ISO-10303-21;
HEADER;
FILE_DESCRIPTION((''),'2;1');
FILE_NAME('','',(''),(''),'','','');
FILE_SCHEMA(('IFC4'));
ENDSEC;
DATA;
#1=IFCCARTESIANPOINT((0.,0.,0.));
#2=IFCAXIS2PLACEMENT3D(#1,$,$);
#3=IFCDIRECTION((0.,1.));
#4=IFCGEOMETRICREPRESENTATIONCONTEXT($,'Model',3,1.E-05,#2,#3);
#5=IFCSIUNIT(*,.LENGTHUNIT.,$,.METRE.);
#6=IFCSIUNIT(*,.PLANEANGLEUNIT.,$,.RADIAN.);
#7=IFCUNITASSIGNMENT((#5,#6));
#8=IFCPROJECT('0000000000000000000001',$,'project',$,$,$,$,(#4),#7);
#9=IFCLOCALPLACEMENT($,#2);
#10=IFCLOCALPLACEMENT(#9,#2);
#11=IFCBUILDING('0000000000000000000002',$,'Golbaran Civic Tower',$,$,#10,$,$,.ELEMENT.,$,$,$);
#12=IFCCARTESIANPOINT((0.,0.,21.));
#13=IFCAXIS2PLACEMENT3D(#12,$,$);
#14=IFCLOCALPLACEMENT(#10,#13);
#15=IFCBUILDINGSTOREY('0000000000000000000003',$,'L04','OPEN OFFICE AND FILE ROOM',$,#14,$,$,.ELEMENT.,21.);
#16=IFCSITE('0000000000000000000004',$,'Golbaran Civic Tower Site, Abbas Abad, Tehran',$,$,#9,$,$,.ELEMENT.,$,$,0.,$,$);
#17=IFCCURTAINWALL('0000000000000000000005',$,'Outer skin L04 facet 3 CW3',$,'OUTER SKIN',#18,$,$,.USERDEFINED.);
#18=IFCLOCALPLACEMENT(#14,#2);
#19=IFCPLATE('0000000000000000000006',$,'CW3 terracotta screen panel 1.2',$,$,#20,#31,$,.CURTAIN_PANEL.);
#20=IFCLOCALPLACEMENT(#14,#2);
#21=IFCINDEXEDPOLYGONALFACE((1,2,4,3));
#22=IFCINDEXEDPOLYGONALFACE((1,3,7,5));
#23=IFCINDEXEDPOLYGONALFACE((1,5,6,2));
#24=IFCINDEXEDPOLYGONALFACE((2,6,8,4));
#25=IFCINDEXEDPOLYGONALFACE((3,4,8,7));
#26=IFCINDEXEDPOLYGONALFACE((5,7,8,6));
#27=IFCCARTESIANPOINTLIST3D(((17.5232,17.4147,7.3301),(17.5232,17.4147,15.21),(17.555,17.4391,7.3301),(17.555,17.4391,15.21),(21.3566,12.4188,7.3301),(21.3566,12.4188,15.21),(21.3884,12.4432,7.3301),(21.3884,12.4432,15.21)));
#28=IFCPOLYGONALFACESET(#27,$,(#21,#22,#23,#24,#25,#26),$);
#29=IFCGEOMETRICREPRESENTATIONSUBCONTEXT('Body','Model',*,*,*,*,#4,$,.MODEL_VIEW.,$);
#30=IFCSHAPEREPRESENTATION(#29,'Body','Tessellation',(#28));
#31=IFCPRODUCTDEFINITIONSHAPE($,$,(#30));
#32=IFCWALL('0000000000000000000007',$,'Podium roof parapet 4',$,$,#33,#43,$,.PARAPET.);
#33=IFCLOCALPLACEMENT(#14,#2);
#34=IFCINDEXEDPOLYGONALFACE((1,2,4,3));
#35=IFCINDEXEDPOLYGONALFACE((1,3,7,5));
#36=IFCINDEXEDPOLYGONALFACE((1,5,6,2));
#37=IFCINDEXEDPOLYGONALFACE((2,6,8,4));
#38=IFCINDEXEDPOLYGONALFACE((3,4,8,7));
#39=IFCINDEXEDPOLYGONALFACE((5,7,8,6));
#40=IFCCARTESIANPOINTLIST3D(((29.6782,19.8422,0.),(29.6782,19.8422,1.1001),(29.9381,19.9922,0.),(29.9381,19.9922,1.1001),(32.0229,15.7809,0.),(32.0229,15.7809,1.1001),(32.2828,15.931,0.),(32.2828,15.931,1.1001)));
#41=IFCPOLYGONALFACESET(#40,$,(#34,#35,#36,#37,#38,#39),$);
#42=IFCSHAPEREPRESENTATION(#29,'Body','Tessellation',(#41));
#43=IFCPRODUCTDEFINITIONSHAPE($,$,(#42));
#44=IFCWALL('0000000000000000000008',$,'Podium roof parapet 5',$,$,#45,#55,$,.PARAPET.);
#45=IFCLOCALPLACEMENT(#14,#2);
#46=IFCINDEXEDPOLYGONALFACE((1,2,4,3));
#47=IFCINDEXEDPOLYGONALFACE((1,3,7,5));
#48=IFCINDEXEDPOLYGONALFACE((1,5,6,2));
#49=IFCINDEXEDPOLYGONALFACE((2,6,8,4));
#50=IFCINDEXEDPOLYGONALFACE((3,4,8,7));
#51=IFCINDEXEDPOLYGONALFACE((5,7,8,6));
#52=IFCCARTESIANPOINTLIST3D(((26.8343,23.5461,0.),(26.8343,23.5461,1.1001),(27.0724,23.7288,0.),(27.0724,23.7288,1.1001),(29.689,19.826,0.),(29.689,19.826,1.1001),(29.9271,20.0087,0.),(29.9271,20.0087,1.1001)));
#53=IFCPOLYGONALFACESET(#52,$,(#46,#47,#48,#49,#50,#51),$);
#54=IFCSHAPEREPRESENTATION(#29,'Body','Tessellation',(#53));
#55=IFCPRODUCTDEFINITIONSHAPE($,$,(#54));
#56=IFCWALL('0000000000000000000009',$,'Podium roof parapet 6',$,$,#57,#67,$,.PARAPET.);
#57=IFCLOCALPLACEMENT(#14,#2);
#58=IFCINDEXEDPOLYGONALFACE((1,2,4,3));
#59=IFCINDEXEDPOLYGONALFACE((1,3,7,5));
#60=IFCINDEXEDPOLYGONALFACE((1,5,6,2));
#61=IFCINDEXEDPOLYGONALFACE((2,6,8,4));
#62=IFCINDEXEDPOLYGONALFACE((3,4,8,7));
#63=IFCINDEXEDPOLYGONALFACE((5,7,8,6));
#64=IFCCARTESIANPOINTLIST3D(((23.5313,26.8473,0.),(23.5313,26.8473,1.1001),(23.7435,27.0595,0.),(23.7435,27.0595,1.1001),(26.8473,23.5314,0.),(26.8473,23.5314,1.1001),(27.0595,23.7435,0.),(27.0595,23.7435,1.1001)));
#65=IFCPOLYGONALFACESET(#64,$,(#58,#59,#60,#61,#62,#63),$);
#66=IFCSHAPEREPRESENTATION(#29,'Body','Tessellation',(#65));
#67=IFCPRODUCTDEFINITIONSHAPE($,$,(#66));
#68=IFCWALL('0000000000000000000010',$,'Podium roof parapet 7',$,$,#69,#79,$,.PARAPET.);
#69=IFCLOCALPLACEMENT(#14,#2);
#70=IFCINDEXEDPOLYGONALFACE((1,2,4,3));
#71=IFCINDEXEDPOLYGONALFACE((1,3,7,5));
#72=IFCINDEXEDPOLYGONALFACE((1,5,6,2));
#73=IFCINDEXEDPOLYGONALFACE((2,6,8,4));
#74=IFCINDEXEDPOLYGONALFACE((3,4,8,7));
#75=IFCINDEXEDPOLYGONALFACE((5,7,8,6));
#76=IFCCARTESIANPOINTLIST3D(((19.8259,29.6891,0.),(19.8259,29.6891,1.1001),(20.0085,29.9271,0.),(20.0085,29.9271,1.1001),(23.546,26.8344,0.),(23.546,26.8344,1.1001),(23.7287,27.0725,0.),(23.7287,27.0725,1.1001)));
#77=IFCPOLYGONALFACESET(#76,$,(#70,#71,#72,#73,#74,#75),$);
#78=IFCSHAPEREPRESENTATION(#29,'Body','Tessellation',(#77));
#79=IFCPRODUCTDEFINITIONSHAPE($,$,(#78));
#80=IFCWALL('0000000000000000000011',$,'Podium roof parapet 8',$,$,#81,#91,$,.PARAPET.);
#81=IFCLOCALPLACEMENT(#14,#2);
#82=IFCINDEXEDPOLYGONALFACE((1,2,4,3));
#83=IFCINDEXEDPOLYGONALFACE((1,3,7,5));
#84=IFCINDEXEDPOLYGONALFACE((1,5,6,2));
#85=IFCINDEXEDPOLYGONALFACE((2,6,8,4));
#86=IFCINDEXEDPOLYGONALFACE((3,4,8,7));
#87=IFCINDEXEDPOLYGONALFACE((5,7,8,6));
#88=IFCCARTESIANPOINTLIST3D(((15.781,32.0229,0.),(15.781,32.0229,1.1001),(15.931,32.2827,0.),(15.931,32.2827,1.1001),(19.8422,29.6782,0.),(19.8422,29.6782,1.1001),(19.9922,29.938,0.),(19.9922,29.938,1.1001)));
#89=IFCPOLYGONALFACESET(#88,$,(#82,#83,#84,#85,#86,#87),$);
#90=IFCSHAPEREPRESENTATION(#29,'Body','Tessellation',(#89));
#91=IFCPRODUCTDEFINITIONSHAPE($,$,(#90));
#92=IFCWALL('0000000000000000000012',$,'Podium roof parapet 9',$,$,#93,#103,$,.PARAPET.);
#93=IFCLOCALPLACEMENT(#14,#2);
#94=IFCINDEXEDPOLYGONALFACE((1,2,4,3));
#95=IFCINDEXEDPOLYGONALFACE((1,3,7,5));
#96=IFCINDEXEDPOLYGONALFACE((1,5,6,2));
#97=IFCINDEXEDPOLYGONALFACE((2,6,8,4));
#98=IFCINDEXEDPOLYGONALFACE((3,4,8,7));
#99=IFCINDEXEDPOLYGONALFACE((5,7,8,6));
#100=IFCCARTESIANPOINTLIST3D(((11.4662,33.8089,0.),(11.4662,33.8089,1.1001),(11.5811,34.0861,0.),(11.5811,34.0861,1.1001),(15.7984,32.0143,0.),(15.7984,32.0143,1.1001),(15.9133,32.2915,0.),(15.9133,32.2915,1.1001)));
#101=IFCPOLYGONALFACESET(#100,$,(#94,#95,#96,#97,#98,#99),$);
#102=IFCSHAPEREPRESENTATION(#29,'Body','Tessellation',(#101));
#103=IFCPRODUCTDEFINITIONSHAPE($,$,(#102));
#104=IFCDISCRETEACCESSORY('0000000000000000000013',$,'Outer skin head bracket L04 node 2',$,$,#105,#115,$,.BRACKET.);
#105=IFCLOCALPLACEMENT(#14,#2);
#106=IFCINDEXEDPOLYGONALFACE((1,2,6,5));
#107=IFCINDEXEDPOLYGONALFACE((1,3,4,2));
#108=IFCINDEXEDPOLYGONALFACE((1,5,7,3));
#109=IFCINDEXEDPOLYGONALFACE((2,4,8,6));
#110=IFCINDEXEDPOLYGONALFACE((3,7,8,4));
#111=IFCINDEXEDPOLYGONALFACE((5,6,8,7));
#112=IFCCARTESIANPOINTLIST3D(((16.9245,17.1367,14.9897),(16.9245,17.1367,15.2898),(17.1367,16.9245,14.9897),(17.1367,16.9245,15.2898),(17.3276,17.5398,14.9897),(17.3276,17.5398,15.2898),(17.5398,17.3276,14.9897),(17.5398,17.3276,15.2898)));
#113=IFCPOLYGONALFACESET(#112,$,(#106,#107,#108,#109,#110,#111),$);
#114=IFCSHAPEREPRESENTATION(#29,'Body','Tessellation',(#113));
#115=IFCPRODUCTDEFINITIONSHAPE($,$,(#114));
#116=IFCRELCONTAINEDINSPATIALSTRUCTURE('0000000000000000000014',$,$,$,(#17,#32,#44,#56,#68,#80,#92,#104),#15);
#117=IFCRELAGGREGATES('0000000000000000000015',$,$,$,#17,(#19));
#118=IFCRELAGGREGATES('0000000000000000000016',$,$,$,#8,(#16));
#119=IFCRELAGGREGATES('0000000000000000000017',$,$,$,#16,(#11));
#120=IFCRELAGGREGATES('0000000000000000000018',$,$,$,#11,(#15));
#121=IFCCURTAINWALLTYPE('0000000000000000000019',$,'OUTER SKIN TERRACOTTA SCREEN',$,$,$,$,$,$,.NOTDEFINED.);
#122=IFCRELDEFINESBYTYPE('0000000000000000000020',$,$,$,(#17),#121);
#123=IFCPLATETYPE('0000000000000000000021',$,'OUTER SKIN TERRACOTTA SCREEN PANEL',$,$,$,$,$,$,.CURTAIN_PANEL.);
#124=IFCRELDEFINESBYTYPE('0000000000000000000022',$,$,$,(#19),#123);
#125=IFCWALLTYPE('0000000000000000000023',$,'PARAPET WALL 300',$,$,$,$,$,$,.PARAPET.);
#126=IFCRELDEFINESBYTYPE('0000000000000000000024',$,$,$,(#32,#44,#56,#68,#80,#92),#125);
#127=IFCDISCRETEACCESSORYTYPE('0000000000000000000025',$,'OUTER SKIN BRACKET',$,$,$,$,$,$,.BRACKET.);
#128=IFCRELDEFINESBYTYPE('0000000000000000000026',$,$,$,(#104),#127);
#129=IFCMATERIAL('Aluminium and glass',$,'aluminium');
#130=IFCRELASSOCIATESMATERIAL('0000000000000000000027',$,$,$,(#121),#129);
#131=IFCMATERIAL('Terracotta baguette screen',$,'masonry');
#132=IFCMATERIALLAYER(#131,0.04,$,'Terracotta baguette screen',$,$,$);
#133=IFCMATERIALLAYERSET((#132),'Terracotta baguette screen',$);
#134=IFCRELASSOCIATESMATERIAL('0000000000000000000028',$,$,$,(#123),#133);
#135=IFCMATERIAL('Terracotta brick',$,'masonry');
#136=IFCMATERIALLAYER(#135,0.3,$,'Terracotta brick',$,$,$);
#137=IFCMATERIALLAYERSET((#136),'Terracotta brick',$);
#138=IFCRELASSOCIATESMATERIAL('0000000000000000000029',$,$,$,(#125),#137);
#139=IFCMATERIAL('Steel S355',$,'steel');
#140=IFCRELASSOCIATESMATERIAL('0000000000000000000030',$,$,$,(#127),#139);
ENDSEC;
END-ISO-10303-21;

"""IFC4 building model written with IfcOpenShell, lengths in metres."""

from ifc_helpers import new_model, si_unit, direction, frame, frame_2d, origin, origin_2d, place, context, subcontext, project, spatial, rectangle, extrude, material, layer, layer_set, type_object, element, aggregate, save


model = new_model("IFC4")

# Units and contexts
model_context = context("Model", 3, precision=1e-05, world=origin(), true_north=direction((0.0, 1.0)))
body_context = subcontext(model_context, "Body", "Model", "MODEL_VIEW")
ifc_project = project(units=[si_unit("LENGTHUNIT", "METRE"), si_unit("PLANEANGLEUNIT", "RADIAN")], contexts=[model_context])

# Site, building, storey
site_placement = place(None, origin())
site = spatial("IfcSite", under=ifc_project, at=site_placement, Name="Golbaran Civic Tower Site, Abbas Abad, Tehran", CompositionType="ELEMENT", RefElevation=0.0)
building_placement = place(site_placement, origin())
building = spatial("IfcBuilding", under=site, at=building_placement, Name="Golbaran Civic Tower", CompositionType="ELEMENT")
storey_placement = place(building_placement, frame((0.0, 0.0, 21.0)))
storey = spatial("IfcBuildingStorey", under=building, at=storey_placement, Name="L04", Description="OPEN OFFICE AND FILE ROOM", CompositionType="ELEMENT", Elevation=21.0)

# Curtain wall
ifc_material_1 = material(Name="Aluminium and glass", Category="aluminium")
curtain_wall_type_1 = type_object("IfcCurtainWallType", Name="OUTER SKIN TERRACOTTA SCREEN", PredefinedType="NOTDEFINED", material=ifc_material_1)
curtain_wall_1_placement = place(storey_placement, origin())
curtain_wall_1 = element("IfcCurtainWall", 1, at=curtain_wall_1_placement, inside=storey, type_object=curtain_wall_type_1, Name="Outer skin L04 facet 3 CW3", ObjectType="OUTER SKIN", PredefinedType="USERDEFINED")

# Plate
ifc_material_2 = material(Name="Terracotta baguette screen", Category="masonry")
ifc_layer_1 = layer(ifc_material_2, 0.04, Name="Terracotta baguette screen")
ifc_layer_set_1 = layer_set([ifc_layer_1], Name="Terracotta baguette screen")
plate_type_1 = type_object("IfcPlateType", Name="OUTER SKIN TERRACOTTA SCREEN PANEL", PredefinedType="CURTAIN_PANEL", material=ifc_layer_set_1)
plate_1_placement = place(storey_placement, frame((19.4558, 14.929, 7.3301), z_axis=(0.0, 0.0, 1.0), x_axis=(-0.608761, 0.793353, 0.0)))
plate_1 = element("IfcPlate", 2, at=plate_1_placement, type_object=plate_type_1, Name="CW3 terracotta screen panel 1.2", PredefinedType="CURTAIN_PANEL", context=body_context, shape_type="SweptSolid", body=[
    extrude(rectangle(XDim=6.2971, YDim=0.04, at=origin_2d()), origin(), (0.0, 0.0, 1.0), 7.8799),
])
aggregate(curtain_wall_1, [plate_1])

# Walls
ifc_material_3 = material(Name="Terracotta brick", Category="masonry")
ifc_layer_2 = layer(ifc_material_3, 0.3, Name="Terracotta brick")
ifc_layer_set_2 = layer_set([ifc_layer_2], Name="Terracotta brick")
wall_type = type_object("IfcWallType", Name="PARAPET WALL 300", PredefinedType="PARAPET", material=ifc_layer_set_2)
wall_1_placement = place(storey_placement, frame((32.1528, 15.856, 0.0), z_axis=(0.0, 0.0, 1.0), x_axis=(-0.499991, 0.86603, 0.0)))
element("IfcWall", 3, at=wall_1_placement, inside=storey, type_object=wall_type, Name="Podium roof parapet 4", PredefinedType="PARAPET", context=body_context, shape_type="SweptSolid", body=[
    extrude(rectangle(XDim=4.6895, YDim=0.3, at=frame_2d((2.3447, 0.0))), origin(), (0.0, 0.0, 1.0), 1.1001),
])
wall_2_placement = place(storey_placement, frame((29.8081, 19.9172, 0.0), z_axis=(0.0, 0.0, 1.0), x_axis=(-0.608777, 0.793341, 0.0)))
element("IfcWall", 4, at=wall_2_placement, inside=storey, type_object=wall_type, Name="Podium roof parapet 5", PredefinedType="PARAPET", context=body_context, shape_type="SweptSolid", body=[
    extrude(rectangle(XDim=4.6892, YDim=0.3, at=frame_2d((2.3447, 0.0))), origin(), (0.0, 0.0, 1.0), 1.1001),
])
wall_3_placement = place(storey_placement, frame((26.9534, 23.6375, 0.0), z_axis=(0.0, 0.0, 1.0), x_axis=(-0.707107, 0.707107, 0.0)))
element("IfcWall", 5, at=wall_3_placement, inside=storey, type_object=wall_type, Name="Podium roof parapet 6", PredefinedType="PARAPET", context=body_context, shape_type="SweptSolid", body=[
    extrude(rectangle(XDim=4.6895, YDim=0.3, at=frame_2d((2.3447, 0.0))), origin(), (0.0, 0.0, 1.0), 1.1001),
])
wall_4_placement = place(storey_placement, frame((23.6375, 26.9534, 0.0), z_axis=(0.0, 0.0, 1.0), x_axis=(-0.793341, 0.608777, 0.0)))
element("IfcWall", 6, at=wall_4_placement, inside=storey, type_object=wall_type, Name="Podium roof parapet 7", PredefinedType="PARAPET", context=body_context, shape_type="SweptSolid", body=[
    extrude(rectangle(XDim=4.6892, YDim=0.3, at=frame_2d((2.3447, 0.0))), origin(), (0.0, 0.0, 1.0), 1.1001),
])
wall_5_placement = place(storey_placement, frame((19.9172, 29.8081, 0.0), z_axis=(0.0, 0.0, 1.0), x_axis=(-0.86603, 0.499991, 0.0)))
element("IfcWall", 7, at=wall_5_placement, inside=storey, type_object=wall_type, Name="Podium roof parapet 8", PredefinedType="PARAPET", context=body_context, shape_type="SweptSolid", body=[
    extrude(rectangle(XDim=4.6895, YDim=0.3, at=frame_2d((2.3447, 0.0))), origin(), (0.0, 0.0, 1.0), 1.1001),
])
wall_6_placement = place(storey_placement, frame((15.856, 32.1528, 0.0), z_axis=(0.0, 0.0, 1.0), x_axis=(-0.923865, 0.382718, 0.0)))
element("IfcWall", 8, at=wall_6_placement, inside=storey, type_object=wall_type, Name="Podium roof parapet 9", PredefinedType="PARAPET", context=body_context, shape_type="SweptSolid", body=[
    extrude(rectangle(XDim=4.6892, YDim=0.3, at=frame_2d((2.3447, 0.0))), origin(), (0.0, 0.0, 1.0), 1.1001),
])

# Discrete accessory
ifc_material_4 = material(Name="Steel S355", Category="steel")
discrete_accessory_type = type_object("IfcDiscreteAccessoryType", Name="OUTER SKIN BRACKET", PredefinedType="BRACKET", material=ifc_material_4)
discrete_accessory_placement = place(storey_placement, frame((17.2322, 17.2322, 14.9897), z_axis=(0.0, 0.0, 1.0), x_axis=(0.707107, 0.707107, 0.0)))
element("IfcDiscreteAccessory", 9, at=discrete_accessory_placement, inside=storey, type_object=discrete_accessory_type, Name="Outer skin head bracket L04 node 2", PredefinedType="BRACKET", context=body_context, shape_type="SweptSolid", body=[
    extrude(rectangle(XDim=0.5701, YDim=0.3, at=origin_2d()), origin(), (0.0, 0.0, 1.0), 0.3),
])

save(model, "model.ifc")
